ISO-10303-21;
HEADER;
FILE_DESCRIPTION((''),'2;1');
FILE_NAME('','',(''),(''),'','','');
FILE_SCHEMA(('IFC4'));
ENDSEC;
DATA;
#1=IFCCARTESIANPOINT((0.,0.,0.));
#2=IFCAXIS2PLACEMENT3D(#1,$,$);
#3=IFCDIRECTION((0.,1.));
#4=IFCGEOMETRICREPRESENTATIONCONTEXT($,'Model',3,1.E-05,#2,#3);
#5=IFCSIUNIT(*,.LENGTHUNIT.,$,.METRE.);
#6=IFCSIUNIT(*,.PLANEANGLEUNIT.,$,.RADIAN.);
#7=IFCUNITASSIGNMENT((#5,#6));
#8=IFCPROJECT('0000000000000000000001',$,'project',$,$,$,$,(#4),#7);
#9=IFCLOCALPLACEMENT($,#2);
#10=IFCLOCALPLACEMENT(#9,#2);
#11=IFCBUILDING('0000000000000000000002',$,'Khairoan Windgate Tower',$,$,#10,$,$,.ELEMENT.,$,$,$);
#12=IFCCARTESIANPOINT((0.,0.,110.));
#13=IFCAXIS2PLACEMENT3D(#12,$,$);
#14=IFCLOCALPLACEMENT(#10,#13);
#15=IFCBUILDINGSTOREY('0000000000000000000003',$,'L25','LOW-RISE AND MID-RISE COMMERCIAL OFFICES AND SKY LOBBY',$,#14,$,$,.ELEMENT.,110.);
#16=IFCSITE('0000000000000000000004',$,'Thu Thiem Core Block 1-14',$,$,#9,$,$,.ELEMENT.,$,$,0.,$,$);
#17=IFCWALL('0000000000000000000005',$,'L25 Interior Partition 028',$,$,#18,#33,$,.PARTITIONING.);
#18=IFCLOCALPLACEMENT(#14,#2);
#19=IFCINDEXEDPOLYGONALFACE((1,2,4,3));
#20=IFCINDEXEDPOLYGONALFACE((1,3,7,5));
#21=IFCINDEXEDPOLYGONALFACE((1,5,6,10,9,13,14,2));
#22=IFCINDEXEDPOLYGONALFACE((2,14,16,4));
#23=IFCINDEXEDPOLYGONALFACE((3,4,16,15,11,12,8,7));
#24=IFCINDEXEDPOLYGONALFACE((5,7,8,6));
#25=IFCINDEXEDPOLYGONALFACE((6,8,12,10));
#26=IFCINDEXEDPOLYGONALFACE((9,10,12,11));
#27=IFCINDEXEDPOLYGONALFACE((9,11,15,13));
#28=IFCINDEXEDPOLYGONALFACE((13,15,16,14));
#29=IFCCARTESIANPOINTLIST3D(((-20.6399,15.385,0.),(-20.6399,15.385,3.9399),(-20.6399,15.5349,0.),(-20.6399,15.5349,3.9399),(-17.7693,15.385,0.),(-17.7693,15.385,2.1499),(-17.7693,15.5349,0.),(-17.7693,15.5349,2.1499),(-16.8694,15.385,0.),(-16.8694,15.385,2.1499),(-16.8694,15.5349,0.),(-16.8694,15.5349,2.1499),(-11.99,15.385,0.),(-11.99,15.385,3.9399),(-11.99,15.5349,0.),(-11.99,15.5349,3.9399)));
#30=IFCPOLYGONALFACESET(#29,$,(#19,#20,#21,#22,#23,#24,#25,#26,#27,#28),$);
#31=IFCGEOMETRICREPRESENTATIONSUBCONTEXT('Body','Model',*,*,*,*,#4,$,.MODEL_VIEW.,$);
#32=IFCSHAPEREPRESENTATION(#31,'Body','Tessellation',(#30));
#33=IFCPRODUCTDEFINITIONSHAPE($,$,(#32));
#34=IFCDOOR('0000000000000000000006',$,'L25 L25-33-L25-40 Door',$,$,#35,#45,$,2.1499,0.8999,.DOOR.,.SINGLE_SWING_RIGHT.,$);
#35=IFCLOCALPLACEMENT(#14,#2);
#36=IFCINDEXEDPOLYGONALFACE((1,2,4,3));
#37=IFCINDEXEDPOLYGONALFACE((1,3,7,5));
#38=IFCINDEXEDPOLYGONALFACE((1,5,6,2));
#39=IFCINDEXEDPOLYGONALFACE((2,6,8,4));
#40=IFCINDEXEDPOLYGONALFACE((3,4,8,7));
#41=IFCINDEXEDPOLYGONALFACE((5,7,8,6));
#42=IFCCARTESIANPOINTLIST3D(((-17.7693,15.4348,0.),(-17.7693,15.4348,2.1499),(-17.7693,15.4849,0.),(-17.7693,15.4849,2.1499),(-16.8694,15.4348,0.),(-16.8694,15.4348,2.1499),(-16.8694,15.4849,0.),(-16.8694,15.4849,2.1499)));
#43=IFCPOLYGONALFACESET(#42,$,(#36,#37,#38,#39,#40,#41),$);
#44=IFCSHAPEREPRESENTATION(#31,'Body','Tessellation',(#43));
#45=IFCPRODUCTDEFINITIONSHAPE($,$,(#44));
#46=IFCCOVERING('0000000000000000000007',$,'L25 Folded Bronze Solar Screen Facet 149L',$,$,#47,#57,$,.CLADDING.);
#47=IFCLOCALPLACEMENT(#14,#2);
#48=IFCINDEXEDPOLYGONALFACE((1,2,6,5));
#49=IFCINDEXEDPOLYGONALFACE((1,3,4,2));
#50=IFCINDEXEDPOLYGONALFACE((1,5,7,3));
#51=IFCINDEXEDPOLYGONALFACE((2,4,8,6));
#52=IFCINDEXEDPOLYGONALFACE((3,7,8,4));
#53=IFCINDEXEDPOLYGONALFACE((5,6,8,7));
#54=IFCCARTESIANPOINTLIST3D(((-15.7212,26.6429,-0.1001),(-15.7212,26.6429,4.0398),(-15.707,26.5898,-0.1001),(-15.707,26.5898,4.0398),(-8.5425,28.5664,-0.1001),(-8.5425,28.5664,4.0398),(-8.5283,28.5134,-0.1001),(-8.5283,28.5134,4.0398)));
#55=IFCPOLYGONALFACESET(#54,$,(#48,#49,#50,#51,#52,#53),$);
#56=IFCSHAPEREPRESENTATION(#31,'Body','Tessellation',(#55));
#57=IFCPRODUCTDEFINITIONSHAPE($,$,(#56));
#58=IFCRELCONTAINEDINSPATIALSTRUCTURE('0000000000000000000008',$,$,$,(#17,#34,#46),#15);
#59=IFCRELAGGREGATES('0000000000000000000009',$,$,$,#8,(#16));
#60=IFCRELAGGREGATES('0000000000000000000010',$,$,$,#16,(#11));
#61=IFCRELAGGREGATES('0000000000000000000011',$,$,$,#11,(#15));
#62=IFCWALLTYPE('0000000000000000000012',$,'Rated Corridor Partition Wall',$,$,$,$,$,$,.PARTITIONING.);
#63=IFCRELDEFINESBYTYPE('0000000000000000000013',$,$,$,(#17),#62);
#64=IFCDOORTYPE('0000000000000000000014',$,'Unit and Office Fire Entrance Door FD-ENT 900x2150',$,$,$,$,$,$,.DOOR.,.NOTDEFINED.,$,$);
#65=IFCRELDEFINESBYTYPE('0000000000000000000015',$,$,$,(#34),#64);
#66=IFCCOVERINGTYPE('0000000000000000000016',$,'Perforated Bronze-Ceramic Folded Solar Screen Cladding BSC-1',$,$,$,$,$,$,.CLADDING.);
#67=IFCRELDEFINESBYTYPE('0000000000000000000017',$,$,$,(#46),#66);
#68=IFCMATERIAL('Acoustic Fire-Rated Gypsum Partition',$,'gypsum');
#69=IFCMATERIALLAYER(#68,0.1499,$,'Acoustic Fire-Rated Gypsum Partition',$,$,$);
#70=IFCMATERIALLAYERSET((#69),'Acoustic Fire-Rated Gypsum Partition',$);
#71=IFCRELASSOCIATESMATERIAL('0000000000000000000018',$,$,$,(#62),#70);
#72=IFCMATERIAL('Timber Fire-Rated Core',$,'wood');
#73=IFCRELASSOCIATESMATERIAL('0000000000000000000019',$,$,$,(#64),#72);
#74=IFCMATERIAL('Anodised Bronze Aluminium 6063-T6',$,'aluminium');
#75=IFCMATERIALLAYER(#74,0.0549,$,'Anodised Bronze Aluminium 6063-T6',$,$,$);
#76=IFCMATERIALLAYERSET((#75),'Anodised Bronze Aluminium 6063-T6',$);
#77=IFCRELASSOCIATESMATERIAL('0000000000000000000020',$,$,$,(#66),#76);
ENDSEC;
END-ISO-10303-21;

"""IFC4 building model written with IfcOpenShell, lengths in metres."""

from ifc_helpers import new_model, si_unit, direction, frame, frame_2d, origin, origin_2d, place, context, subcontext, project, spatial, rectangle, extrude, material, layer, layer_set, type_object, element, fill, save


model = new_model("IFC4")

# Units and contexts
model_context = context("Model", 3, precision=1e-05, world=origin(), true_north=direction((0.0, 1.0)))
body_context = subcontext(model_context, "Body", "Model", "MODEL_VIEW")
ifc_project = project(units=[si_unit("LENGTHUNIT", "METRE"), si_unit("PLANEANGLEUNIT", "RADIAN")], contexts=[model_context])

# Site, building, storey
site_placement = place(None, origin())
site = spatial("IfcSite", under=ifc_project, at=site_placement, Name="Thu Thiem Core Block 1-14", CompositionType="ELEMENT", RefElevation=0.0)
building_placement = place(site_placement, origin())
building = spatial("IfcBuilding", under=site, at=building_placement, Name="Khairoan Windgate Tower", CompositionType="ELEMENT")
storey_placement = place(building_placement, frame((0.0, 0.0, 110.0)))
storey = spatial("IfcBuildingStorey", under=building, at=storey_placement, Name="L25", Description="LOW-RISE AND MID-RISE COMMERCIAL OFFICES AND SKY LOBBY", CompositionType="ELEMENT", Elevation=110.0)

# Wall, opening, door
ifc_material_1 = material(Name="Acoustic Fire-Rated Gypsum Partition", Category="gypsum")
ifc_layer_1 = layer(ifc_material_1, 0.1499, Name="Acoustic Fire-Rated Gypsum Partition")
ifc_layer_set_1 = layer_set([ifc_layer_1], Name="Acoustic Fire-Rated Gypsum Partition")
wall_type_1 = type_object("IfcWallType", Name="Rated Corridor Partition Wall", PredefinedType="PARTITIONING", material=ifc_layer_set_1)
ifc_material_2 = material(Name="Timber Fire-Rated Core", Category="wood")
door_type = type_object("IfcDoorType", Name="Unit and Office Fire Entrance Door FD-ENT 900x2150", OperationType="NOTDEFINED", PredefinedType="DOOR", material=ifc_material_2)
wall_1_placement = place(storey_placement, frame((-20.6399, 15.46, 0.0), z_axis=(0.0, 0.0, 1.0), x_axis=(1.0, 0.0, 0.0)))
wall_1 = element("IfcWall", 1, at=wall_1_placement, inside=storey, type_object=wall_type_1, Name="L25 Interior Partition 028", PredefinedType="PARTITIONING", context=body_context, shape_type="SweptSolid", body=[
    extrude(rectangle(XDim=8.6499, YDim=0.1499, at=frame_2d((4.325, 0.0))), origin(), (0.0, 0.0, 1.0), 3.9399),
])
opening_1_placement = place(wall_1_placement, frame((2.8706, 0.0, 0.0)))
opening_1 = element("IfcOpeningElement", 2, at=opening_1_placement, cuts=wall_1, PredefinedType="OPENING", context=body_context, shape_type="SweptSolid", body=[
    extrude(rectangle(XDim=0.8999, YDim=2.1499, at=frame_2d((0.45, 1.075))), frame((0.0, 0.085, 0.0), z_axis=(0.0, -1.0, 0.0), x_axis=(1.0, 0.0, 0.0)), (0.0, 0.0, 1.0), 0.1699),
])
door_1_placement = place(opening_1_placement, origin())
door_1 = element("IfcDoor", 3, at=door_1_placement, inside=storey, type_object=door_type, Name="L25 L25-33-L25-40 Door", OperationType="SINGLE_SWING_RIGHT", OverallHeight=2.1499, OverallWidth=0.8999, PredefinedType="DOOR", context=body_context, shape_type="SweptSolid", body=[
    extrude(rectangle(XDim=0.8999, YDim=2.1499, at=frame_2d((0.45, 1.075))), frame((0.0, 0.0249, 0.0), z_axis=(0.0, -1.0, 0.0), x_axis=(1.0, 0.0, 0.0)), (0.0, 0.0, 1.0), 0.05),
])
fill(opening_1, door_1)

# Covering
ifc_material_3 = material(Name="Anodised Bronze Aluminium 6063-T6", Category="aluminium")
ifc_layer_2 = layer(ifc_material_3, 0.0549, Name="Anodised Bronze Aluminium 6063-T6")
ifc_layer_set_2 = layer_set([ifc_layer_2], Name="Anodised Bronze Aluminium 6063-T6")
covering_type = type_object("IfcCoveringType", Name="Perforated Bronze-Ceramic Folded Solar Screen Cladding BSC-1", PredefinedType="CLADDING", material=ifc_layer_set_2)
covering_placement = place(storey_placement, frame((-12.1248, 27.5781, -0.1001), z_axis=(0.0, 0.0, 1.0), x_axis=(0.965926, 0.258819, 0.0)))
element("IfcCovering", 4, at=covering_placement, inside=storey, type_object=covering_type, Name="L25 Folded Bronze Solar Screen Facet 149L", PredefinedType="CLADDING", context=body_context, shape_type="SweptSolid", body=[
    extrude(rectangle(XDim=7.4319, YDim=0.0549, at=origin_2d()), origin(), (0.0, 0.0, 1.0), 4.1399),
])

save(model, "model.ifc")
